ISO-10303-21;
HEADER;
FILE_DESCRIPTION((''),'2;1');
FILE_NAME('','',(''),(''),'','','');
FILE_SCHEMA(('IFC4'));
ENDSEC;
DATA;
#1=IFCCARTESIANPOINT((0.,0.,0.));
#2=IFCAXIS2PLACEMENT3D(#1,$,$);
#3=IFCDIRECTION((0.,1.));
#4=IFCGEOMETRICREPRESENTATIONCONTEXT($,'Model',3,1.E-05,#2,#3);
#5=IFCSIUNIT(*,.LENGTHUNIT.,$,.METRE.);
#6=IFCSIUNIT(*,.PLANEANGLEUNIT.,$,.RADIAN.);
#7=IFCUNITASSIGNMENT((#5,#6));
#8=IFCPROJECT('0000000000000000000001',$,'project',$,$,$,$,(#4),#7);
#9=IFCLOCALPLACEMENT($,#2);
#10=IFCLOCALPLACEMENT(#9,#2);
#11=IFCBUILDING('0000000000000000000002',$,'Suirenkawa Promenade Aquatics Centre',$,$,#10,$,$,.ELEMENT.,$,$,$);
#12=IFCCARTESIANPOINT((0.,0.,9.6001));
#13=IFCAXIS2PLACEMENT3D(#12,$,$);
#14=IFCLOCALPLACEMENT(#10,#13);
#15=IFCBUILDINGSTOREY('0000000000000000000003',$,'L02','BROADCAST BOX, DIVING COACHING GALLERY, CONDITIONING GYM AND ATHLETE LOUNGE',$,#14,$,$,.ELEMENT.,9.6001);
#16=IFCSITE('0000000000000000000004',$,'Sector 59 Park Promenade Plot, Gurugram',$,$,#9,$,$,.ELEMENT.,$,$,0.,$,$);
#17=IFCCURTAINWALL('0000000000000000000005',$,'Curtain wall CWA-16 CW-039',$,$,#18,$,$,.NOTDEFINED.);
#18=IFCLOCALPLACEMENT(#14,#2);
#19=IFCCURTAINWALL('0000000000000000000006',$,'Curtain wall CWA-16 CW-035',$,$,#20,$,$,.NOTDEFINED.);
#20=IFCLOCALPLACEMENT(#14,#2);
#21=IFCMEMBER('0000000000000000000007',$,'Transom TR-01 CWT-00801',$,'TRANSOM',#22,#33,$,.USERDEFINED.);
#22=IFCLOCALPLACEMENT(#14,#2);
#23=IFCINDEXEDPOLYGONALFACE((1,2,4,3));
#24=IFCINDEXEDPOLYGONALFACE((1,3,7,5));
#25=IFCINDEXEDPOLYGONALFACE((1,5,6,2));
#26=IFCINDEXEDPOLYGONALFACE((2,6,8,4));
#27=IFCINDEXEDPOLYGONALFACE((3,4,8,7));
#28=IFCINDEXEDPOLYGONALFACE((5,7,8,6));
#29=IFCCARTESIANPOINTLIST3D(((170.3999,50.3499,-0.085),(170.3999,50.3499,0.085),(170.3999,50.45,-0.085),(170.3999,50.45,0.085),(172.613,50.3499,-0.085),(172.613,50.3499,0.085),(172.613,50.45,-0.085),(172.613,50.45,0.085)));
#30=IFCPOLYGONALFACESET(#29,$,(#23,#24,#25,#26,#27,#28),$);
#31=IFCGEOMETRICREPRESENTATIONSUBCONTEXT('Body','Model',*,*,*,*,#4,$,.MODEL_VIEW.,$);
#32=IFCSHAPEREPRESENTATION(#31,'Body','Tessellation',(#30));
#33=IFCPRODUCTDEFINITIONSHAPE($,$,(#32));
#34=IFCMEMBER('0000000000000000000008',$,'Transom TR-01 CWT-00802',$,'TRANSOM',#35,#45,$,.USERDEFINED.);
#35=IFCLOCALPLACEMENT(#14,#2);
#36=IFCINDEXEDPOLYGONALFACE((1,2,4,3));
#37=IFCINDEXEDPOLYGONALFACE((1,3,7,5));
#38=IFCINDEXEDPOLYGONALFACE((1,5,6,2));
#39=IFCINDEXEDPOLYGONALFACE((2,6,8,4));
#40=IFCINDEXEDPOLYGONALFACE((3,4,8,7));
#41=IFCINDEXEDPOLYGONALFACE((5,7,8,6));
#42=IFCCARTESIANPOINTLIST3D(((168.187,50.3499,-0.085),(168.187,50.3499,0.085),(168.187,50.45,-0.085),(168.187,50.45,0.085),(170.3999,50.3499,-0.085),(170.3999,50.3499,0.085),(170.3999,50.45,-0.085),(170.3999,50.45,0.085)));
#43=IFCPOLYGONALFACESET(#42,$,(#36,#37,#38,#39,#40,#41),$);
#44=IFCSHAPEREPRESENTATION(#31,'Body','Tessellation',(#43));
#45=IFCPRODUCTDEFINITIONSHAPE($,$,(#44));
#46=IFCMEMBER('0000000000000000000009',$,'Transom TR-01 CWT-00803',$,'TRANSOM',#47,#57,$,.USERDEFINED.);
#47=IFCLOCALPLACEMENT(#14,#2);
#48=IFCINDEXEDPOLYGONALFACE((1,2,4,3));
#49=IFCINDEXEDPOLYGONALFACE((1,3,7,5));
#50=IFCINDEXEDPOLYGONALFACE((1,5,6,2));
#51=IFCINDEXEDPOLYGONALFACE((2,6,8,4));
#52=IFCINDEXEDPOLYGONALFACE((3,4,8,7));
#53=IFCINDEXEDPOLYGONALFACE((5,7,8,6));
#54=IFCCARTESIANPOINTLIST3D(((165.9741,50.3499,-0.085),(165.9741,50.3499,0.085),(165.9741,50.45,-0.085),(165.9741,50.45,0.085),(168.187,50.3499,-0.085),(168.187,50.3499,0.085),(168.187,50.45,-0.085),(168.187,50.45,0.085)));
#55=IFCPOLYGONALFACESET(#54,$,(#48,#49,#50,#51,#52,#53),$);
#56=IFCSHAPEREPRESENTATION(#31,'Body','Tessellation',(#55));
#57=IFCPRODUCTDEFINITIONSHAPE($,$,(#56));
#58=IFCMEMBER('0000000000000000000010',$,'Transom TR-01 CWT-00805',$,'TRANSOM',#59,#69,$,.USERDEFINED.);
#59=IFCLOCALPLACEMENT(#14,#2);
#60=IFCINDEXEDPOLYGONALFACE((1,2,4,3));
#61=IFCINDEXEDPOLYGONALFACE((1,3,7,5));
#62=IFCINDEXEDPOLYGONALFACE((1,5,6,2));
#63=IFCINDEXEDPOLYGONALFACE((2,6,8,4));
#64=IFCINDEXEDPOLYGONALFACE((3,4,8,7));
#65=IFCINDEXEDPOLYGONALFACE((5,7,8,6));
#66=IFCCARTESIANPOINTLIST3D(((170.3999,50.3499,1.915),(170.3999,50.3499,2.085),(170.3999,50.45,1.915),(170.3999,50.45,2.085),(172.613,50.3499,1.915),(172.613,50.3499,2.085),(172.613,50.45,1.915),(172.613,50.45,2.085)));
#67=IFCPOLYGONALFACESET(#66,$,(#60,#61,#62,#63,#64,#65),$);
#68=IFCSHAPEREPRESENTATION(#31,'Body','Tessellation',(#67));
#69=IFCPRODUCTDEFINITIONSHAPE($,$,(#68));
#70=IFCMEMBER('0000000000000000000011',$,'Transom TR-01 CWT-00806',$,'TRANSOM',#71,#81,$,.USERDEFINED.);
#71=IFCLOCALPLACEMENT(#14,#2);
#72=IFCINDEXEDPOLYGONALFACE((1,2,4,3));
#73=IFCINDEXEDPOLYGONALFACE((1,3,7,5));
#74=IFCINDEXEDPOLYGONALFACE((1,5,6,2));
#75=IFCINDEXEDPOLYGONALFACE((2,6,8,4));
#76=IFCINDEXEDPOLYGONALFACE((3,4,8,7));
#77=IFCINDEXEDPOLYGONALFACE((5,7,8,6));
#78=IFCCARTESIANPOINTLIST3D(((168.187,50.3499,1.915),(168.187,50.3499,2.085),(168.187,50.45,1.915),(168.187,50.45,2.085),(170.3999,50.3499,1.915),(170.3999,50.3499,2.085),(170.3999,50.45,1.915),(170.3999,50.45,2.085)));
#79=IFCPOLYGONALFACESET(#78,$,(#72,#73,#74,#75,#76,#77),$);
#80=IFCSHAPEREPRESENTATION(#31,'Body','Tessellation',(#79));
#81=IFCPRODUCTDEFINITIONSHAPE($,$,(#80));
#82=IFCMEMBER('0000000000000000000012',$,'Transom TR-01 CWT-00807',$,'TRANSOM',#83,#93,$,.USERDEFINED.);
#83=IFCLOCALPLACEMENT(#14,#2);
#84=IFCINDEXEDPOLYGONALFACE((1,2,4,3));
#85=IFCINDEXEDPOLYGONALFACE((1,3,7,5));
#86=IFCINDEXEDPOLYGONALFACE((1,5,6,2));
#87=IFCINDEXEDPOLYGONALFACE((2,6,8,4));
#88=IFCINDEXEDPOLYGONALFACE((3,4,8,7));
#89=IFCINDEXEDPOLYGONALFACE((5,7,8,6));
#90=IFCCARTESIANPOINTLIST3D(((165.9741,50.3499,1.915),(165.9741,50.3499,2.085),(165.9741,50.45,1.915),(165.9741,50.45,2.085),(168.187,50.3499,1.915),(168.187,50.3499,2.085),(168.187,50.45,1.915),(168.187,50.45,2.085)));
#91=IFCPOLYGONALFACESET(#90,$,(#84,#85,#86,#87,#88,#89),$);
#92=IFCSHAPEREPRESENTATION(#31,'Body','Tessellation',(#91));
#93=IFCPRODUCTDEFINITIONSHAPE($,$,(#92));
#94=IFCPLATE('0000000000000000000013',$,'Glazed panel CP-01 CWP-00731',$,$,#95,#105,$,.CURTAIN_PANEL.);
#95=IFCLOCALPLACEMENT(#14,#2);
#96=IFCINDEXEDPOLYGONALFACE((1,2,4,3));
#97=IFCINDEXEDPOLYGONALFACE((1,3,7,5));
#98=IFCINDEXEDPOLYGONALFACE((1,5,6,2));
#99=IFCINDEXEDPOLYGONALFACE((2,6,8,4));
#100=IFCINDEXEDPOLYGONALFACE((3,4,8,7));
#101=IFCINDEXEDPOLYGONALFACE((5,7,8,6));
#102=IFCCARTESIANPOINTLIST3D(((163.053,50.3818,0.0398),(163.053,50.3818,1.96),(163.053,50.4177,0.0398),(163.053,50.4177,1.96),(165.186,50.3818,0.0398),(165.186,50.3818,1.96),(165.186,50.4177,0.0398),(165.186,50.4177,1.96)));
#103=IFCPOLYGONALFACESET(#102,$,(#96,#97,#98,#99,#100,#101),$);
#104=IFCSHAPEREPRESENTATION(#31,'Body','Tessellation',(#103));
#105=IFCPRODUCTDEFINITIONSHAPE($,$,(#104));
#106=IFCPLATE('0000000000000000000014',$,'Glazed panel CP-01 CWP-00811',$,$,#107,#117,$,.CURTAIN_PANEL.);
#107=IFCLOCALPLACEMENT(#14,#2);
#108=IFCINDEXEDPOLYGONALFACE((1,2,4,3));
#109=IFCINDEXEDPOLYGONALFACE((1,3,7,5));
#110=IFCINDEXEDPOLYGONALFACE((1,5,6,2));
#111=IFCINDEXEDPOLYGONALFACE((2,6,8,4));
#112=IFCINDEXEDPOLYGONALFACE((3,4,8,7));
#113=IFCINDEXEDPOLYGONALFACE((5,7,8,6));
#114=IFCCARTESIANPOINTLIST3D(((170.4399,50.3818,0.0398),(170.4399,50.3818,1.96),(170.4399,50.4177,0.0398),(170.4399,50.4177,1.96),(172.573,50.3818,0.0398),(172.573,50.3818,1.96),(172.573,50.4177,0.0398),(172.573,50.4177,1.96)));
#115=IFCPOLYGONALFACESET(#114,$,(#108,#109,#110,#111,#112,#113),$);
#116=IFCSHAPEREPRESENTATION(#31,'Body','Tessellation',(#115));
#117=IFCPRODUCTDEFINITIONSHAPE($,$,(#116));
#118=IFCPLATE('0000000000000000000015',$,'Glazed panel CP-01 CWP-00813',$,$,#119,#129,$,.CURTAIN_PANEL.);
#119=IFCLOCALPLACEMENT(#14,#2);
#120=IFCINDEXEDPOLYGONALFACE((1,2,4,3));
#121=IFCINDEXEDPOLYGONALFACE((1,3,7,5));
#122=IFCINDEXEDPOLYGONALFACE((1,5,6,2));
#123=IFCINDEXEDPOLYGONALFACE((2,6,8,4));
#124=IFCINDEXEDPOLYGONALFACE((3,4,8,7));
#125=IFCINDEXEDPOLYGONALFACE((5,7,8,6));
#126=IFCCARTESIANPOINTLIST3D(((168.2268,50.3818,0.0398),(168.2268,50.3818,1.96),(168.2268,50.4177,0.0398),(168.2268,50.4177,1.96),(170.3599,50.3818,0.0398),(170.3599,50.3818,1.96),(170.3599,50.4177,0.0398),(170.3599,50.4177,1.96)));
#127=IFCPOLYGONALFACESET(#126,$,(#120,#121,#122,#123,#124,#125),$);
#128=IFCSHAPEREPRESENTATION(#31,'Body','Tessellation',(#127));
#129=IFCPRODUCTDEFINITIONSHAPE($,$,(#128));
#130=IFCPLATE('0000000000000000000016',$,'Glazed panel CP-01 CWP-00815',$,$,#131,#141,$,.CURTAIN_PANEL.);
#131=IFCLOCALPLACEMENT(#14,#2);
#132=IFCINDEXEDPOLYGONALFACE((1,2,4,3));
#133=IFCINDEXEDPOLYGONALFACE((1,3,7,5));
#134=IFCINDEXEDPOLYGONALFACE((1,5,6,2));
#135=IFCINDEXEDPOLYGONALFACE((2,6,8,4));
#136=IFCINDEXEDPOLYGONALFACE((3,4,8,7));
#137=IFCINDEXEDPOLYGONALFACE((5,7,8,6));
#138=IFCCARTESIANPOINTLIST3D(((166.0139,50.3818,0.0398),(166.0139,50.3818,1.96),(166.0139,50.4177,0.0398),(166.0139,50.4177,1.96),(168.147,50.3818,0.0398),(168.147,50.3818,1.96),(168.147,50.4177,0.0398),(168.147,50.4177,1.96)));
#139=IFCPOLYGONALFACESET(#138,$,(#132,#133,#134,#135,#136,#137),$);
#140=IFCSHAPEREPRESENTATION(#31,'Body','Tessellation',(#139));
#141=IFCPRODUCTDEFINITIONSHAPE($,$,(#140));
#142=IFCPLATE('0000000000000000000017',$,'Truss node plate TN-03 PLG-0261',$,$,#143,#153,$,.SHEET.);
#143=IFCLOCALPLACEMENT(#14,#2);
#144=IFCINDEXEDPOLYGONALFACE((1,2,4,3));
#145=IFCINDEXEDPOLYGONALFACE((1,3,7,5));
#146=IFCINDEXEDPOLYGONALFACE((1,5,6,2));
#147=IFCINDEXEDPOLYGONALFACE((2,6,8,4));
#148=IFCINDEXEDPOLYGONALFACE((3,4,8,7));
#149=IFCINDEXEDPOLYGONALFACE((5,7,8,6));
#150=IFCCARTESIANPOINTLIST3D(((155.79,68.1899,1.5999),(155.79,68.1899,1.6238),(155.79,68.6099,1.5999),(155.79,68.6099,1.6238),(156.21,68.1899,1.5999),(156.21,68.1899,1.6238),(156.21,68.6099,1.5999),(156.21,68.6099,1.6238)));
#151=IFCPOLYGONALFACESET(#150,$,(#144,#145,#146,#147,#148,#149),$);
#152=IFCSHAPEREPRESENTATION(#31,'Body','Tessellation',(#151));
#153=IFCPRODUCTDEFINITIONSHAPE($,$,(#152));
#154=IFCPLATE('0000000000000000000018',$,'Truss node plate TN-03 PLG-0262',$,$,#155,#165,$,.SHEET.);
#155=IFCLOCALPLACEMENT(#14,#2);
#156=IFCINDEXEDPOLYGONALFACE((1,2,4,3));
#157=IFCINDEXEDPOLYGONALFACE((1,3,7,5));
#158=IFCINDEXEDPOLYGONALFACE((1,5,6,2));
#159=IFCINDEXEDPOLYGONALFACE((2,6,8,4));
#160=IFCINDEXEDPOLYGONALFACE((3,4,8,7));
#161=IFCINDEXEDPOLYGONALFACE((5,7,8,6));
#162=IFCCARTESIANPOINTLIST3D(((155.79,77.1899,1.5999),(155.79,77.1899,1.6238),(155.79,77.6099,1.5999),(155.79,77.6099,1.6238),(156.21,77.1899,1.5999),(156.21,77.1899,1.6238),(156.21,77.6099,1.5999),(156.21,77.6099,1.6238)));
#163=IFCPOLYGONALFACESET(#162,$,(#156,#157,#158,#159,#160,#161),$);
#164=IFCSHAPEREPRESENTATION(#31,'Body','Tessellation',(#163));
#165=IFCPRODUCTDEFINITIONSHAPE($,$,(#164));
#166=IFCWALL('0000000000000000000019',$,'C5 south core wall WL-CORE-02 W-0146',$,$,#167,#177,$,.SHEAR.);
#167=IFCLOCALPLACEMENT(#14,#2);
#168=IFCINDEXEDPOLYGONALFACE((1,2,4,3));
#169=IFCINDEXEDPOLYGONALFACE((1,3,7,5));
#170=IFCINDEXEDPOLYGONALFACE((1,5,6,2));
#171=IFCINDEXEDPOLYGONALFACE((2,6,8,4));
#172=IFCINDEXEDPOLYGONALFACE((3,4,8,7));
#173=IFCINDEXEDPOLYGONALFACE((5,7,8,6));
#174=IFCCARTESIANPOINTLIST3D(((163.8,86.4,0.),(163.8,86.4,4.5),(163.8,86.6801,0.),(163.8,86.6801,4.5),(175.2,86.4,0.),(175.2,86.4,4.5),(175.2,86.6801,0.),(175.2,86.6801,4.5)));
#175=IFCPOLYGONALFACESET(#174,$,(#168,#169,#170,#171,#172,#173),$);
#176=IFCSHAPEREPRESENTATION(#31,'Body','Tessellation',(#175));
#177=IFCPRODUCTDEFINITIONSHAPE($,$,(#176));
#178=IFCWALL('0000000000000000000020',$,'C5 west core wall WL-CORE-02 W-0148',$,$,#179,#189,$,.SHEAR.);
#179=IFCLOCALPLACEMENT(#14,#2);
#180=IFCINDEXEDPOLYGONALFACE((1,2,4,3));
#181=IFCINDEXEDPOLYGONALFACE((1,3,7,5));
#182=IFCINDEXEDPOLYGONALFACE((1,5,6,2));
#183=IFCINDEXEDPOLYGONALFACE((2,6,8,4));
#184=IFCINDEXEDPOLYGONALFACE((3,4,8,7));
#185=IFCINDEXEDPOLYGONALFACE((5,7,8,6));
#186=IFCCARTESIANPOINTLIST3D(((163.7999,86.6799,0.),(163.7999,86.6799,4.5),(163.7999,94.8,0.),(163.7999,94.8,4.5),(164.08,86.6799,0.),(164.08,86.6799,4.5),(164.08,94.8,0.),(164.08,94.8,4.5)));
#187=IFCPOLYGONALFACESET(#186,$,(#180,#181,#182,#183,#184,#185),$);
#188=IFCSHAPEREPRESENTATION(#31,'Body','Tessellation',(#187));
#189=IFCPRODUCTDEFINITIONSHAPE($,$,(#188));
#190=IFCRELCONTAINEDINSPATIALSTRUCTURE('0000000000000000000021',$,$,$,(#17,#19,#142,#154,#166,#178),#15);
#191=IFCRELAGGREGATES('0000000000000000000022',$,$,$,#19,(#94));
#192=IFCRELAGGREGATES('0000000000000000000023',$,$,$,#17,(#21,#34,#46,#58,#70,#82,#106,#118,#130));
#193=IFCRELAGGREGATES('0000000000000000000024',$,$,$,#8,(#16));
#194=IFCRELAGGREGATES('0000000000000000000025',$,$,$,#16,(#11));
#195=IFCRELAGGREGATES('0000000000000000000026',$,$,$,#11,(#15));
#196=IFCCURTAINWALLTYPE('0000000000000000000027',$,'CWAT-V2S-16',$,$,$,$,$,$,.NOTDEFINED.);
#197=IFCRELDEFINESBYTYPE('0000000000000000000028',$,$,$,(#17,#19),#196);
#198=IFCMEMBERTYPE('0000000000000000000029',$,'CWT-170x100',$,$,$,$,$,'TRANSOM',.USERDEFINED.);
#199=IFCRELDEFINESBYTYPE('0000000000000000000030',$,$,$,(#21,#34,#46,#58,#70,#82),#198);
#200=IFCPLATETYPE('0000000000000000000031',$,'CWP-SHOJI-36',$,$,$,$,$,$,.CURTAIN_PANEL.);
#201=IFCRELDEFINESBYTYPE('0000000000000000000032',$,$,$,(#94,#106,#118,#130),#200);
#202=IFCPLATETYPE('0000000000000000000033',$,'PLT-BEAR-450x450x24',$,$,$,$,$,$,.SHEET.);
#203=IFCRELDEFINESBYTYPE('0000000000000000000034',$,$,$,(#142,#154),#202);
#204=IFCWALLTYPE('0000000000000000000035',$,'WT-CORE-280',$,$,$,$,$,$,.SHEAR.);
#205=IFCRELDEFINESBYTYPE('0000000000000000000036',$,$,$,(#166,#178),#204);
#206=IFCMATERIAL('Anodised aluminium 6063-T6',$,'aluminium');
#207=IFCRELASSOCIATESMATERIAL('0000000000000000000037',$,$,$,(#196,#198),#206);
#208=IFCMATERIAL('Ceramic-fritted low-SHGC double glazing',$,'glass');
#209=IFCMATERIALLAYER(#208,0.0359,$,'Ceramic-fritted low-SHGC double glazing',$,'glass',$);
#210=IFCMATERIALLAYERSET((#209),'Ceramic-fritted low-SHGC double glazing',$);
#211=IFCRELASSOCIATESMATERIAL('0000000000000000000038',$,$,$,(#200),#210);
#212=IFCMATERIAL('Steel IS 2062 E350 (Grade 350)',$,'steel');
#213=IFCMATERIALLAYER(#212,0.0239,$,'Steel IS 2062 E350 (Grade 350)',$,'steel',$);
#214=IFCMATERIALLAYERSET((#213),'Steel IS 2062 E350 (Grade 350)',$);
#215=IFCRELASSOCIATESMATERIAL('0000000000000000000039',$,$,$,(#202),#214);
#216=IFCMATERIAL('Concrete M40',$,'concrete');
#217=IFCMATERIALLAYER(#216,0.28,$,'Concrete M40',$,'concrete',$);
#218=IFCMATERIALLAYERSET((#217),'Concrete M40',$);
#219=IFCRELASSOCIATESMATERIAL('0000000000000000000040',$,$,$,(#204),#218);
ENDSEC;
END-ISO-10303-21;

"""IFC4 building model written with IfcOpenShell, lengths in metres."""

from ifc_helpers import new_model, si_unit, direction, frame, frame_2d, origin, origin_2d, place, context, subcontext, project, spatial, polyline, rectangle, outline, extrude, material, layer, layer_set, material_profile, profile_set, type_object, element, aggregate, save


model = new_model("IFC4")

# Units and contexts
model_context = context("Model", 3, precision=1e-05, world=origin(), true_north=direction((0.0, 1.0)))
body_context = subcontext(model_context, "Body", "Model", "MODEL_VIEW")
ifc_project = project(units=[si_unit("LENGTHUNIT", "METRE"), si_unit("PLANEANGLEUNIT", "RADIAN")], contexts=[model_context])

# Site, building, storey
site_placement = place(None, origin())
site = spatial("IfcSite", under=ifc_project, at=site_placement, Name="Sector 59 Park Promenade Plot, Gurugram", CompositionType="ELEMENT", RefElevation=0.0)
building_placement = place(site_placement, origin())
building = spatial("IfcBuilding", under=site, at=building_placement, Name="Suirenkawa Promenade Aquatics Centre", CompositionType="ELEMENT")
storey_placement = place(building_placement, frame((0.0, 0.0, 9.6001)))
storey = spatial("IfcBuildingStorey", under=building, at=storey_placement, Name="L02", Description="BROADCAST BOX, DIVING COACHING GALLERY, CONDITIONING GYM AND ATHLETE LOUNGE", CompositionType="ELEMENT", Elevation=9.6001)

# Shared definitions
ifc_material_1 = material(Name="Concrete M40", Category="concrete")
ifc_material_2 = material(Name="Steel IS 2062 E350 (Grade 350)", Category="steel")

# Curtain wall
ifc_material_3 = material(Name="Anodised aluminium 6063-T6", Category="aluminium")
curtain_wall_type = type_object("IfcCurtainWallType", Name="CWAT-V2S-16", PredefinedType="NOTDEFINED", material=ifc_material_3)
curtain_wall_1_placement = place(storey_placement, origin())
curtain_wall_1 = element("IfcCurtainWall", 1, at=curtain_wall_1_placement, inside=storey, type_object=curtain_wall_type, Name="Curtain wall CWA-16 CW-039", PredefinedType="NOTDEFINED")

# Curtain wall
curtain_wall_2_placement = place(storey_placement, origin())
curtain_wall_2 = element("IfcCurtainWall", 2, at=curtain_wall_2_placement, inside=storey, type_object=curtain_wall_type, Name="Curtain wall CWA-16 CW-035", PredefinedType="NOTDEFINED")
ifc_material_profile_1 = material_profile(ifc_material_3, rectangle(XDim=0.1001, YDim=0.1699, at=origin_2d()), Name="ALU TRAN 100x170", Category="aluminium")
ifc_profile_set_1 = profile_set([ifc_material_profile_1], Name="Anodised aluminium 6063-T6")
member_type_1 = type_object("IfcMemberType", Name="CWT-170x100", ElementType="TRANSOM", PredefinedType="USERDEFINED", material=ifc_profile_set_1)

# Members
member_1_placement = place(storey_placement, frame((172.613, 50.3999, 0.0), z_axis=(-1.0, 0.0, 0.0), x_axis=(0.0, -1.0, 0.0)))
member_1 = element("IfcMember", 3, at=member_1_placement, type_object=member_type_1, Name="Transom TR-01 CWT-00801", ObjectType="TRANSOM", PredefinedType="USERDEFINED", context=body_context, shape_type="SweptSolid", body=[
    extrude(rectangle(XDim=0.1001, YDim=0.1699, at=origin_2d()), origin(), (0.0, 0.0, 1.0), 2.2131),
])
member_2_placement = place(storey_placement, frame((170.3999, 50.3999, 0.0), z_axis=(-1.0, 0.0, 0.0), x_axis=(0.0, -1.0, 0.0)))
member_2 = element("IfcMember", 4, at=member_2_placement, type_object=member_type_1, Name="Transom TR-01 CWT-00802", ObjectType="TRANSOM", PredefinedType="USERDEFINED", context=body_context, shape_type="SweptSolid", body=[
    extrude(rectangle(XDim=0.1001, YDim=0.1699, at=origin_2d()), origin(), (0.0, 0.0, 1.0), 2.2129),
])
member_3_placement = place(storey_placement, frame((168.187, 50.3999, 0.0), z_axis=(-1.0, 0.0, 0.0), x_axis=(0.0, -1.0, 0.0)))
member_3 = element("IfcMember", 5, at=member_3_placement, type_object=member_type_1, Name="Transom TR-01 CWT-00803", ObjectType="TRANSOM", PredefinedType="USERDEFINED", context=body_context, shape_type="SweptSolid", body=[
    extrude(rectangle(XDim=0.1001, YDim=0.1699, at=origin_2d()), origin(), (0.0, 0.0, 1.0), 2.2129),
])
member_4_placement = place(storey_placement, frame((172.613, 50.3999, 2.0), z_axis=(-1.0, 0.0, 0.0), x_axis=(0.0, -1.0, 0.0)))
member_4 = element("IfcMember", 6, at=member_4_placement, type_object=member_type_1, Name="Transom TR-01 CWT-00805", ObjectType="TRANSOM", PredefinedType="USERDEFINED", context=body_context, shape_type="SweptSolid", body=[
    extrude(rectangle(XDim=0.1001, YDim=0.1699, at=origin_2d()), origin(), (0.0, 0.0, 1.0), 2.2131),
])
member_5_placement = place(storey_placement, frame((170.3999, 50.3999, 2.0), z_axis=(-1.0, 0.0, 0.0), x_axis=(0.0, -1.0, 0.0)))
member_5 = element("IfcMember", 7, at=member_5_placement, type_object=member_type_1, Name="Transom TR-01 CWT-00806", ObjectType="TRANSOM", PredefinedType="USERDEFINED", context=body_context, shape_type="SweptSolid", body=[
    extrude(rectangle(XDim=0.1001, YDim=0.1699, at=origin_2d()), origin(), (0.0, 0.0, 1.0), 2.2129),
])
member_6_placement = place(storey_placement, frame((168.187, 50.3999, 2.0), z_axis=(-1.0, 0.0, 0.0), x_axis=(0.0, -1.0, 0.0)))
member_6 = element("IfcMember", 8, at=member_6_placement, type_object=member_type_1, Name="Transom TR-01 CWT-00807", ObjectType="TRANSOM", PredefinedType="USERDEFINED", context=body_context, shape_type="SweptSolid", body=[
    extrude(rectangle(XDim=0.1001, YDim=0.1699, at=origin_2d()), origin(), (0.0, 0.0, 1.0), 2.2129),
])

# Plates
ifc_material_4 = material(Name="Ceramic-fritted low-SHGC double glazing", Category="glass")
ifc_layer_1 = layer(ifc_material_4, 0.0359, Name="Ceramic-fritted low-SHGC double glazing", Category="glass")
ifc_layer_set_1 = layer_set([ifc_layer_1], Name="Ceramic-fritted low-SHGC double glazing")
plate_type_1 = type_object("IfcPlateType", Name="CWP-SHOJI-36", PredefinedType="CURTAIN_PANEL", material=ifc_layer_set_1)
plate_1_placement = place(storey_placement, frame((165.2261, 50.3999, 0.0398), z_axis=(0.0, 0.0, 1.0), x_axis=(-1.0, 0.0, 0.0)))
plate_1 = element("IfcPlate", 9, at=plate_1_placement, type_object=plate_type_1, Name="Glazed panel CP-01 CWP-00731", PredefinedType="CURTAIN_PANEL", context=body_context, shape_type="SweptSolid", body=[
    extrude(outline(polyline([(0.04, 0.0), (2.1731, 0.0), (2.1731, 1.9202), (0.04, 1.9202), (0.04, 0.0)])), frame((0.0, 0.0181, 0.0), z_axis=(0.0, -1.0, 0.0), x_axis=(1.0, 0.0, 0.0)), (0.0, 0.0, 1.0), 0.0359),
])
aggregate(curtain_wall_2, [plate_1])
plate_2_placement = place(storey_placement, frame((172.613, 50.3999, 0.0398), z_axis=(0.0, 0.0, 1.0), x_axis=(-1.0, 0.0, 0.0)))
plate_2 = element("IfcPlate", 10, at=plate_2_placement, type_object=plate_type_1, Name="Glazed panel CP-01 CWP-00811", PredefinedType="CURTAIN_PANEL", context=body_context, shape_type="SweptSolid", body=[
    extrude(outline(polyline([(0.04, 0.0), (2.1731, 0.0), (2.1731, 1.9202), (0.04, 1.9202), (0.04, 0.0)])), frame((0.0, 0.0181, 0.0), z_axis=(0.0, -1.0, 0.0), x_axis=(1.0, 0.0, 0.0)), (0.0, 0.0, 1.0), 0.0359),
])
plate_3_placement = place(storey_placement, frame((170.3999, 50.3999, 0.0398), z_axis=(0.0, 0.0, 1.0), x_axis=(-1.0, 0.0, 0.0)))
plate_3 = element("IfcPlate", 11, at=plate_3_placement, type_object=plate_type_1, Name="Glazed panel CP-01 CWP-00813", PredefinedType="CURTAIN_PANEL", context=body_context, shape_type="SweptSolid", body=[
    extrude(outline(polyline([(0.04, 0.0), (2.1731, 0.0), (2.1731, 1.9202), (0.04, 1.9202), (0.04, 0.0)])), frame((0.0, 0.0181, 0.0), z_axis=(0.0, -1.0, 0.0), x_axis=(1.0, 0.0, 0.0)), (0.0, 0.0, 1.0), 0.0359),
])
plate_4_placement = place(storey_placement, frame((168.187, 50.3999, 0.0398), z_axis=(0.0, 0.0, 1.0), x_axis=(-1.0, 0.0, 0.0)))
plate_4 = element("IfcPlate", 12, at=plate_4_placement, type_object=plate_type_1, Name="Glazed panel CP-01 CWP-00815", PredefinedType="CURTAIN_PANEL", context=body_context, shape_type="SweptSolid", body=[
    extrude(outline(polyline([(0.04, 0.0), (2.1731, 0.0), (2.1731, 1.9202), (0.04, 1.9202), (0.04, 0.0)])), frame((0.0, 0.0181, 0.0), z_axis=(0.0, -1.0, 0.0), x_axis=(1.0, 0.0, 0.0)), (0.0, 0.0, 1.0), 0.0359),
])
aggregate(curtain_wall_1, [member_1, member_2, member_3, member_4, member_5, member_6, plate_2, plate_3, plate_4])

# Plates
ifc_layer_2 = layer(ifc_material_2, 0.0239, Name="Steel IS 2062 E350 (Grade 350)", Category="steel")
ifc_layer_set_2 = layer_set([ifc_layer_2], Name="Steel IS 2062 E350 (Grade 350)")
plate_type_2 = type_object("IfcPlateType", Name="PLT-BEAR-450x450x24", PredefinedType="SHEET", material=ifc_layer_set_2)
for number, where, z_axis, x_axis, name in (
    (13, (156.0, 68.3999, 1.5999), (0.0, 0.0, 1.0), (1.0, 0.0, 0.0), "Truss node plate TN-03 PLG-0261"),
    (14, (156.0, 77.3999, 1.5999), (0.0, 0.0, 1.0), (1.0, 0.0, 0.0), "Truss node plate TN-03 PLG-0262"),
):
    element("IfcPlate", number, at=place(storey_placement, frame(where, z_axis=z_axis, x_axis=x_axis)), inside=storey, type_object=plate_type_2, Name=name, PredefinedType="SHEET", context=body_context, shape_type="SweptSolid", body=[
        extrude(rectangle(XDim=0.4199, YDim=0.4199, at=origin_2d()), origin(), (0.0, 0.0, 1.0), 0.0239),
    ])

# Walls
ifc_layer_3 = layer(ifc_material_1, 0.28, Name="Concrete M40", Category="concrete")
ifc_layer_set_3 = layer_set([ifc_layer_3], Name="Concrete M40")
wall_type_1 = type_object("IfcWallType", Name="WT-CORE-280", PredefinedType="SHEAR", material=ifc_layer_set_3)
wall_1_placement = place(storey_placement, frame((163.8, 86.54, 0.0), z_axis=(0.0, 0.0, 1.0), x_axis=(1.0, 0.0, 0.0)))
element("IfcWall", 15, at=wall_1_placement, inside=storey, type_object=wall_type_1, Name="C5 south core wall WL-CORE-02 W-0146", PredefinedType="SHEAR", context=body_context, shape_type="SweptSolid", body=[
    extrude(rectangle(XDim=11.3999, YDim=0.28, at=frame_2d((5.7, 0.0))), origin(), (0.0, 0.0, 1.0), 4.5),
])
wall_2_placement = place(storey_placement, frame((163.9399, 86.6799, 0.0), z_axis=(0.0, 0.0, 1.0), x_axis=(0.0, 1.0, 0.0)))
element("IfcWall", 16, at=wall_2_placement, inside=storey, type_object=wall_type_1, Name="C5 west core wall WL-CORE-02 W-0148", PredefinedType="SHEAR", context=body_context, shape_type="SweptSolid", body=[
    extrude(rectangle(XDim=8.1201, YDim=0.28, at=frame_2d((4.0601, 0.0))), origin(), (0.0, 0.0, 1.0), 4.5),
])

save(model, "model.ifc")
